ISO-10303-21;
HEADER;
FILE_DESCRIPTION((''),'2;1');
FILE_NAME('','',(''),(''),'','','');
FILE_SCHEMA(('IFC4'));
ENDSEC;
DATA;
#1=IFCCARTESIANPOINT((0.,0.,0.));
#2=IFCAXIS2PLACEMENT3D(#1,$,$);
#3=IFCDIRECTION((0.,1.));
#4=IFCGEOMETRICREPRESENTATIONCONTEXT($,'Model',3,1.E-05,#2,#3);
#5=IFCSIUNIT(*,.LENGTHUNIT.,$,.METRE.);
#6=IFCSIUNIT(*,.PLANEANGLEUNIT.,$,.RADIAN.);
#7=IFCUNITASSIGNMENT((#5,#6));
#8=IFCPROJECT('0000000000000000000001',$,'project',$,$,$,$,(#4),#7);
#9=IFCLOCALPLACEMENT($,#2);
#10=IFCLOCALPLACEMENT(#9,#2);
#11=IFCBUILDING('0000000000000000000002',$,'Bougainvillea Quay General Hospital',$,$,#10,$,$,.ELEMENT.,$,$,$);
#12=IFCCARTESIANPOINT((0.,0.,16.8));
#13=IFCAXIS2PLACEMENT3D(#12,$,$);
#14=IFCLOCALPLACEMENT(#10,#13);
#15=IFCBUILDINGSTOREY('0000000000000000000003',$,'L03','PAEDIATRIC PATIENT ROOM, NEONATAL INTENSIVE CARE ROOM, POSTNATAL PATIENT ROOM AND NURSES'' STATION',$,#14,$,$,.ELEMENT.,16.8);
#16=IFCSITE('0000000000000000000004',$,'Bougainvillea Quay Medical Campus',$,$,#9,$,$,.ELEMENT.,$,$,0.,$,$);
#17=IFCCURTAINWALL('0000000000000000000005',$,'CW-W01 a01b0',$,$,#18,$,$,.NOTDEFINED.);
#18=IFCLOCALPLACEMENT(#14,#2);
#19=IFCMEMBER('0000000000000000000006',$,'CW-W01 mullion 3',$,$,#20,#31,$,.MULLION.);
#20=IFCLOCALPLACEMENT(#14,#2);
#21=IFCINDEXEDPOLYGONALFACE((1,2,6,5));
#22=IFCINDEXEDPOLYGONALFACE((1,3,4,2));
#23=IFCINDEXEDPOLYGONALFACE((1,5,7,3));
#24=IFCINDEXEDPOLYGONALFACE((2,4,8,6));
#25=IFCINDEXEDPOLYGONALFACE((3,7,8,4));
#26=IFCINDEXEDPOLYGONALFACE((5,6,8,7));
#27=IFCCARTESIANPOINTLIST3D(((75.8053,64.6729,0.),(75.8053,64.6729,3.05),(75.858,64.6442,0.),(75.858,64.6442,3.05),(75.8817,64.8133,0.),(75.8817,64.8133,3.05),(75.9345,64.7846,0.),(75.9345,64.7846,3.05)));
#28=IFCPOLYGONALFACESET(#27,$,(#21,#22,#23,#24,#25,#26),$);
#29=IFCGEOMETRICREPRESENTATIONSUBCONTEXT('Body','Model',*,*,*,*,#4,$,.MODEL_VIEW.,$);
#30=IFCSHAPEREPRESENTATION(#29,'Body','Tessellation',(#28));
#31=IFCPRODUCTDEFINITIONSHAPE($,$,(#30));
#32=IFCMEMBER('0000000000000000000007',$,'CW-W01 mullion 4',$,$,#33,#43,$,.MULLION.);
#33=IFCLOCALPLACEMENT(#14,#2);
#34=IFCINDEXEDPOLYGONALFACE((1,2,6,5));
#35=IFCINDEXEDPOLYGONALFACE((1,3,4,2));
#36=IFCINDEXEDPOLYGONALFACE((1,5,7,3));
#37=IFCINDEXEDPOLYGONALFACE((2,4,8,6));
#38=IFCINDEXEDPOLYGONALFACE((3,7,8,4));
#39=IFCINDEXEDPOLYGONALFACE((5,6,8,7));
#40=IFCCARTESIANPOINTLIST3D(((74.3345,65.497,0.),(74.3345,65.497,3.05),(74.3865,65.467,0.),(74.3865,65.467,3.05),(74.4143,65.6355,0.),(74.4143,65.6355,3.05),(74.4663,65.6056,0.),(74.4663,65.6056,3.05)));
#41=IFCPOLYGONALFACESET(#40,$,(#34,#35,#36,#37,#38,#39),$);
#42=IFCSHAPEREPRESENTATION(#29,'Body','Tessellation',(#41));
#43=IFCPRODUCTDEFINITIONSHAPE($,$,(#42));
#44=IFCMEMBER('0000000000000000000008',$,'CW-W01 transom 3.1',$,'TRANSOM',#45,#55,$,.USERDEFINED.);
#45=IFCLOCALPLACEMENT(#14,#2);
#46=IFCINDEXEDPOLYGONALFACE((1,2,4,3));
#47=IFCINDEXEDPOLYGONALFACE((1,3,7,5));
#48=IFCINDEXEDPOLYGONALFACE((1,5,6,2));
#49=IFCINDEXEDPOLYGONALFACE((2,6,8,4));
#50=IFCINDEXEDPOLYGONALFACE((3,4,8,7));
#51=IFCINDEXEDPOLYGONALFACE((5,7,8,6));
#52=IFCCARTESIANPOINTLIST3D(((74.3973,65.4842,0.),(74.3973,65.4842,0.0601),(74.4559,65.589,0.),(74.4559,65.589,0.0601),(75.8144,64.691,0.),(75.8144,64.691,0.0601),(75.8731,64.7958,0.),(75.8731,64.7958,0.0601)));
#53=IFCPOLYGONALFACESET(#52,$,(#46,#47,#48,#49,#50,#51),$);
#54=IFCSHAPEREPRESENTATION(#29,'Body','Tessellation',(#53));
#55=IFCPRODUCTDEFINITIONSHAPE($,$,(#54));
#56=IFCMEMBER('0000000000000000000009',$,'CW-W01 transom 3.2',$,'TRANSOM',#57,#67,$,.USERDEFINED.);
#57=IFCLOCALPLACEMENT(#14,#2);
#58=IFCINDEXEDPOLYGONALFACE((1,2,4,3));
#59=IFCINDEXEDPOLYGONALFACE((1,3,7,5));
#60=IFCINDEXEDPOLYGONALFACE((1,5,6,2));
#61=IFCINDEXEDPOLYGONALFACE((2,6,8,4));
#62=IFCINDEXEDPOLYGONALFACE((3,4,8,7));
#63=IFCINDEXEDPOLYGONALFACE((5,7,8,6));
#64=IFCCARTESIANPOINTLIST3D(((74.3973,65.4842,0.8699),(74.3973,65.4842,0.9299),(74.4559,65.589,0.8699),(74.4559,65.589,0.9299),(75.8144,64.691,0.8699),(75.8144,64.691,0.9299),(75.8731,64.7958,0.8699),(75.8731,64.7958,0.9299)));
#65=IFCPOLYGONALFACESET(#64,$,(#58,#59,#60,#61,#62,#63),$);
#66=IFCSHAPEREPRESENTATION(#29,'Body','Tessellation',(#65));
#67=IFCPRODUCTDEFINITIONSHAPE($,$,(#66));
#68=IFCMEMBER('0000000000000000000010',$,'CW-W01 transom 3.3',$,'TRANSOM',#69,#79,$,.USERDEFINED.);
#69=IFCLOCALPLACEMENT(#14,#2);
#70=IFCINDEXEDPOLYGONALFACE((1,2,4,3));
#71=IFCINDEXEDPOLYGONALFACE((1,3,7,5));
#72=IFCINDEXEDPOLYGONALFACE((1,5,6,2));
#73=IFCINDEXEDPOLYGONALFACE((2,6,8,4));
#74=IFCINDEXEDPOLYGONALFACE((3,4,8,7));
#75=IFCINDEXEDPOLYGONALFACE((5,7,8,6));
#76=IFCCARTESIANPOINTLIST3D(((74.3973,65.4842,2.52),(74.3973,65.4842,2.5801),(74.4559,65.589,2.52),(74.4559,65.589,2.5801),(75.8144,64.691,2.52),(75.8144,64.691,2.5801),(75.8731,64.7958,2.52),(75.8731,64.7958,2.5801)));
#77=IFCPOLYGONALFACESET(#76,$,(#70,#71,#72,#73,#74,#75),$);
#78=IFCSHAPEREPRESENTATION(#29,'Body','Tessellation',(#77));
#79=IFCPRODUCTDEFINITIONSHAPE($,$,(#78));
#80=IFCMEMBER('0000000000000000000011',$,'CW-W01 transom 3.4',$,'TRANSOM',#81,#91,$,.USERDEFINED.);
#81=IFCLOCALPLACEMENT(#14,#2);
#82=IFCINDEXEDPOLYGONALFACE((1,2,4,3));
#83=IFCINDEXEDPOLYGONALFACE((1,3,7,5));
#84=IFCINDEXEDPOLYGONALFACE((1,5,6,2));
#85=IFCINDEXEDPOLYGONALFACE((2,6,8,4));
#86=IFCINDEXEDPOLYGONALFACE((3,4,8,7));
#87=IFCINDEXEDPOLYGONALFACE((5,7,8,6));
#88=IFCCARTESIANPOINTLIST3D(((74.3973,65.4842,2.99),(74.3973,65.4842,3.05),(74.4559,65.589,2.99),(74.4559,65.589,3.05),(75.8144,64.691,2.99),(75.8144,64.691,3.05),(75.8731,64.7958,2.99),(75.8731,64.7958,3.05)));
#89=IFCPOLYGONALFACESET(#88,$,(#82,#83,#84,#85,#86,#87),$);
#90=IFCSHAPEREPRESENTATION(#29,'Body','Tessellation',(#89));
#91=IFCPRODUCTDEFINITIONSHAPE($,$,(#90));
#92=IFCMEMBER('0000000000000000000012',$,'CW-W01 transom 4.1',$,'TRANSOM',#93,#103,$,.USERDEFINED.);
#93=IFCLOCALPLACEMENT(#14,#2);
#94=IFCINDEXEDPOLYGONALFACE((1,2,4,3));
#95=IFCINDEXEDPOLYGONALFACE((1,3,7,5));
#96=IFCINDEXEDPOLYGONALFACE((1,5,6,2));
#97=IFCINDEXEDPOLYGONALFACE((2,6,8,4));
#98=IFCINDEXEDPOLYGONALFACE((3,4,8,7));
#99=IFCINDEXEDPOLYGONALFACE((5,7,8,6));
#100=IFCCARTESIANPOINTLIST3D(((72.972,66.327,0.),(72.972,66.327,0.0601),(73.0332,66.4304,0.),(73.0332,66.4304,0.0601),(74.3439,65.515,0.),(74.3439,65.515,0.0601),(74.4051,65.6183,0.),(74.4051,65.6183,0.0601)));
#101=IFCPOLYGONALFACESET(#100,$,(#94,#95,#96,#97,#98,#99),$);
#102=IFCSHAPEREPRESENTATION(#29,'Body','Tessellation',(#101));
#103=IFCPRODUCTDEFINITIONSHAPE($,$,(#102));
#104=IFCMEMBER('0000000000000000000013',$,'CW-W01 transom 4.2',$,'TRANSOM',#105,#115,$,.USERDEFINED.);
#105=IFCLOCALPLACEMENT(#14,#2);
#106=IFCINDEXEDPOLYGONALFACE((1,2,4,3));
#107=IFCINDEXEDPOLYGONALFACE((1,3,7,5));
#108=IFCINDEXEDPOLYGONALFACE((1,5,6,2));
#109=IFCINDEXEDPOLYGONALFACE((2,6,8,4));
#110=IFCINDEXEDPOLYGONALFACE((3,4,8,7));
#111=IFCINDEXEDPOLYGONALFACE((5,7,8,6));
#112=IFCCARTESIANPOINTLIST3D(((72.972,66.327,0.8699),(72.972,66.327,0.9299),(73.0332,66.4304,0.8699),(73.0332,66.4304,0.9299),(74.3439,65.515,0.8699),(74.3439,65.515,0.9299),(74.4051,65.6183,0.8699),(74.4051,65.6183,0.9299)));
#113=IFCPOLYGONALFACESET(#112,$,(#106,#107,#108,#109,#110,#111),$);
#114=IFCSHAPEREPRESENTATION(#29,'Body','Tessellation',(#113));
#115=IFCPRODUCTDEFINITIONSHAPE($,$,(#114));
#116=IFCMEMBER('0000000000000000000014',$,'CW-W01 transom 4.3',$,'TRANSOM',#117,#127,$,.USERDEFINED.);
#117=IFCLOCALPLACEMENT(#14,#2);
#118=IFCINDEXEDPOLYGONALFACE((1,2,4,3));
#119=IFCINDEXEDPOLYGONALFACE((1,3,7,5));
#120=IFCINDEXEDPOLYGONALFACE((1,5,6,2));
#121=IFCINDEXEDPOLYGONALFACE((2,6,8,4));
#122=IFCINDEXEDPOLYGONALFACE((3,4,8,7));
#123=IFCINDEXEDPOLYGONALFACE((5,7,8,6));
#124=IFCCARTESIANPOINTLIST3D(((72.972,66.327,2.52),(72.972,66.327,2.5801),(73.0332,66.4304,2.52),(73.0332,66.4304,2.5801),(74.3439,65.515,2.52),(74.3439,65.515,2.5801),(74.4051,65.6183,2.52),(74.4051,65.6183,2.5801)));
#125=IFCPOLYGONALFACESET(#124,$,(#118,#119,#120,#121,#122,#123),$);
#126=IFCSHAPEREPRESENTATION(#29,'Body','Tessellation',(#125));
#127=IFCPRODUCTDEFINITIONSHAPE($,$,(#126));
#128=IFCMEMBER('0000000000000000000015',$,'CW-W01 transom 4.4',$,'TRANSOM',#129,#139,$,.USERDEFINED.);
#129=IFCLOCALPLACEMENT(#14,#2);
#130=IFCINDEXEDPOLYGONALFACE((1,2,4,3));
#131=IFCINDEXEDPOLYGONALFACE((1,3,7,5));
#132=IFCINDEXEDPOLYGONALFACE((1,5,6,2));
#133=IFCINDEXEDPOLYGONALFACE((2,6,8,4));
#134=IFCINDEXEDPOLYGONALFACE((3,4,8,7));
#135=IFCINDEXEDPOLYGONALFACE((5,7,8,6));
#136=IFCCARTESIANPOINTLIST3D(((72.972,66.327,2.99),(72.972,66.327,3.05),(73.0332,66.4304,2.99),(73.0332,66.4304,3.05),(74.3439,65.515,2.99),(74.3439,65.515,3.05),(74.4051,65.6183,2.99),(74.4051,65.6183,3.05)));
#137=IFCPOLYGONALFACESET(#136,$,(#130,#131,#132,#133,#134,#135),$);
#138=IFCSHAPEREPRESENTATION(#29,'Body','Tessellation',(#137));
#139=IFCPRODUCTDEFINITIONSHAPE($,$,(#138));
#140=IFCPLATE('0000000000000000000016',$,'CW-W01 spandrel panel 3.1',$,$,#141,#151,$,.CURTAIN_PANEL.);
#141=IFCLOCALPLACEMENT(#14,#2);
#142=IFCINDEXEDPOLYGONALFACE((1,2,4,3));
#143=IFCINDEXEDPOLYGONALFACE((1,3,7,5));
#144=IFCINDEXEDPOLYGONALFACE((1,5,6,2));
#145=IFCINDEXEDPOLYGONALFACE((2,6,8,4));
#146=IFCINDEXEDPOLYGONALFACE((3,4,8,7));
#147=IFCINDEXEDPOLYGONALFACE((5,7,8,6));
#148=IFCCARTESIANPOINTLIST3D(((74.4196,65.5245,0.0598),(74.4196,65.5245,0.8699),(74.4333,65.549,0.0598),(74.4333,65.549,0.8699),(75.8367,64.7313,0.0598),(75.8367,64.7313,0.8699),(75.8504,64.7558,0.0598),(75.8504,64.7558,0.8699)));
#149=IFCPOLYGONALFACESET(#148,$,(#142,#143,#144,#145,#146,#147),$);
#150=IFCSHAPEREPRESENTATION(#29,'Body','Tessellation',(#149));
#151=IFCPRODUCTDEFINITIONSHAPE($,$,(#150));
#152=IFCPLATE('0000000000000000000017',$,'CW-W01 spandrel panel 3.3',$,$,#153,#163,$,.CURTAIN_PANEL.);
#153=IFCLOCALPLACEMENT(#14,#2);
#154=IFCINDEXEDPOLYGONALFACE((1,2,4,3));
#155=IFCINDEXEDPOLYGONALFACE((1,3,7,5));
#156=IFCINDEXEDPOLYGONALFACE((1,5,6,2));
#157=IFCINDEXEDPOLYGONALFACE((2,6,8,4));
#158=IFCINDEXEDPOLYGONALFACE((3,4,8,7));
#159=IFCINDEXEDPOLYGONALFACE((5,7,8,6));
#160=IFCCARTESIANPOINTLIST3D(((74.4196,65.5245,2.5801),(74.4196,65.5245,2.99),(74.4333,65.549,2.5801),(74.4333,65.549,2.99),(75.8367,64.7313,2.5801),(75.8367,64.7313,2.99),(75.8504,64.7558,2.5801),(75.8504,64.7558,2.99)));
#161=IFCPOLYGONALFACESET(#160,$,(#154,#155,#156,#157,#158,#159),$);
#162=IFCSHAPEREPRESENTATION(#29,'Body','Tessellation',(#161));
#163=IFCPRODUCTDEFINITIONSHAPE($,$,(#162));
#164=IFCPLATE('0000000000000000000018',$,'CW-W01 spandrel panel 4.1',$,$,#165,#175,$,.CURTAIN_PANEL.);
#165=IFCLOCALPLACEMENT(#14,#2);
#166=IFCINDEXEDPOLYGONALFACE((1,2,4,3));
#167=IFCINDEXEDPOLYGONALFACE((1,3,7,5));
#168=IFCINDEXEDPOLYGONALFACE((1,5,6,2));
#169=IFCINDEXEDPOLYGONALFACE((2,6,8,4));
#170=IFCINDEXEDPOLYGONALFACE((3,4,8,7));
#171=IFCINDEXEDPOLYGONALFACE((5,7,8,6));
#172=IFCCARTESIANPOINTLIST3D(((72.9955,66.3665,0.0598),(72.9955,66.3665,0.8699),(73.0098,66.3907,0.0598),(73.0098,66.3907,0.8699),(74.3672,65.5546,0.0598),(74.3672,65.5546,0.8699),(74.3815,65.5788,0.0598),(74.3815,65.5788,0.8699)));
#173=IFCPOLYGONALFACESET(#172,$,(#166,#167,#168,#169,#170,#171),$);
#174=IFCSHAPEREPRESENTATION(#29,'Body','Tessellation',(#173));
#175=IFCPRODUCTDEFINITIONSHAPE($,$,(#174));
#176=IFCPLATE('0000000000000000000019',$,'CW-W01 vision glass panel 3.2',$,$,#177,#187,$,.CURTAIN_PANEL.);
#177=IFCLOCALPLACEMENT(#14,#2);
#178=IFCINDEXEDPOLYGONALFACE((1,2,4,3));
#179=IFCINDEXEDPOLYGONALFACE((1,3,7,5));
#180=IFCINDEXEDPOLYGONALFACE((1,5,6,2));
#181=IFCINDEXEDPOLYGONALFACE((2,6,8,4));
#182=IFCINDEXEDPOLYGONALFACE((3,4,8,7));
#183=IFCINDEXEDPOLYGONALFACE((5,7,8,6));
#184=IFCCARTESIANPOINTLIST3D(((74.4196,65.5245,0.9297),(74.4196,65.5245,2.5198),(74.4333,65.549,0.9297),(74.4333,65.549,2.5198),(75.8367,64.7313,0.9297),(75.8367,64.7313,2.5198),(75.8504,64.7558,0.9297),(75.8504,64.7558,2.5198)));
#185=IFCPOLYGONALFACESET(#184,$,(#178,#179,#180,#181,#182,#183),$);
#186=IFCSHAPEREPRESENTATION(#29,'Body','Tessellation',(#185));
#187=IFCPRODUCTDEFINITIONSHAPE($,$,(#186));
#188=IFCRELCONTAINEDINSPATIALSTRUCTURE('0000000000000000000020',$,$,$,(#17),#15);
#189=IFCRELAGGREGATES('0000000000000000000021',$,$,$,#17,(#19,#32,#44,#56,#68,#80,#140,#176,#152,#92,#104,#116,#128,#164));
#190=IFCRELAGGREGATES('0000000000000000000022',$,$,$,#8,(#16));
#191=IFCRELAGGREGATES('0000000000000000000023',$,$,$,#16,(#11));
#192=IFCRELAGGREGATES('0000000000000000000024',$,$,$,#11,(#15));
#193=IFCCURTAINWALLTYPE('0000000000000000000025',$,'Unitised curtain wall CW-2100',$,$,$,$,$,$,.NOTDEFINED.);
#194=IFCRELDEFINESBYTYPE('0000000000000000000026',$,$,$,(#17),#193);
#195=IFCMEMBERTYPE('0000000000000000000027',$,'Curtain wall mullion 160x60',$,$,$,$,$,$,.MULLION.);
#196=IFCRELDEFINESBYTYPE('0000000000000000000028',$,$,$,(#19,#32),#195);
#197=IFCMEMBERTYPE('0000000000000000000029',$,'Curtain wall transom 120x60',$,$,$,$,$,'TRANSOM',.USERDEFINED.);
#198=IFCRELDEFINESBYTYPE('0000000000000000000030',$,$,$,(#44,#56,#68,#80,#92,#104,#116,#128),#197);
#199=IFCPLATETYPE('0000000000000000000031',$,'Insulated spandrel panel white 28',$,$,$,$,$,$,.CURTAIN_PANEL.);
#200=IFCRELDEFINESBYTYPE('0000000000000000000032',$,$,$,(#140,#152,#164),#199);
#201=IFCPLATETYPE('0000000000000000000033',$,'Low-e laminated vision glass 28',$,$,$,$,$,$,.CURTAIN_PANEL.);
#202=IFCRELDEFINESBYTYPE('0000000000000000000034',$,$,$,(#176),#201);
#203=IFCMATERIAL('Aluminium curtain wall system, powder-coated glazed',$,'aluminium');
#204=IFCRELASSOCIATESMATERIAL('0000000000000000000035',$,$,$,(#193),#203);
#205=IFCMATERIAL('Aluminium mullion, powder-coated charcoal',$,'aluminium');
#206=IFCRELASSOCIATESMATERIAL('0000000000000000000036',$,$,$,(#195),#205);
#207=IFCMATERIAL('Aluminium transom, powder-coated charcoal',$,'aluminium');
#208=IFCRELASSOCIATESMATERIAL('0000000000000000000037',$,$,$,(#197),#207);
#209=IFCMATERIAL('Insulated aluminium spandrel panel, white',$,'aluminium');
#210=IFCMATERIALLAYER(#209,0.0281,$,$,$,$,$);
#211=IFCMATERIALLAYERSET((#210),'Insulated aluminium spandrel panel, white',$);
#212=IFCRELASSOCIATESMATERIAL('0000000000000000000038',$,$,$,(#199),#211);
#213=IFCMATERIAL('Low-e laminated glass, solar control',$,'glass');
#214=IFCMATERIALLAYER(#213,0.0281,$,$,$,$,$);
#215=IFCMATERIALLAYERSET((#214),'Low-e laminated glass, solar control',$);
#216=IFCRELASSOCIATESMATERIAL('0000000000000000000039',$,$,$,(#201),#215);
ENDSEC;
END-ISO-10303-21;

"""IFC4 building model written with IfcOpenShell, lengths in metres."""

from ifc_helpers import new_model, si_unit, direction, frame, origin, origin_2d, place, context, subcontext, project, spatial, rectangle, extrude, material, layer, layer_set, material_profile, profile_set, type_object, element, aggregate, save


model = new_model("IFC4")

# Units and contexts
model_context = context("Model", 3, precision=1e-05, world=origin(), true_north=direction((0.0, 1.0)))
body_context = subcontext(model_context, "Body", "Model", "MODEL_VIEW")
ifc_project = project(units=[si_unit("LENGTHUNIT", "METRE"), si_unit("PLANEANGLEUNIT", "RADIAN")], contexts=[model_context])

# Site, building, storey
site_placement = place(None, origin())
site = spatial("IfcSite", under=ifc_project, at=site_placement, Name="Bougainvillea Quay Medical Campus", CompositionType="ELEMENT", RefElevation=0.0)
building_placement = place(site_placement, origin())
building = spatial("IfcBuilding", under=site, at=building_placement, Name="Bougainvillea Quay General Hospital", CompositionType="ELEMENT")
storey_placement = place(building_placement, frame((0.0, 0.0, 16.8)))
storey = spatial("IfcBuildingStorey", under=building, at=storey_placement, Name="L03", Description="PAEDIATRIC PATIENT ROOM, NEONATAL INTENSIVE CARE ROOM, POSTNATAL PATIENT ROOM AND NURSES' STATION", CompositionType="ELEMENT", Elevation=16.8)

# Curtain wall, members, plates
ifc_material_1 = material(Name="Aluminium curtain wall system, powder-coated glazed", Category="aluminium")
curtain_wall_type = type_object("IfcCurtainWallType", Name="Unitised curtain wall CW-2100", PredefinedType="NOTDEFINED", material=ifc_material_1)
curtain_wall_placement = place(storey_placement, origin())
curtain_wall = element("IfcCurtainWall", 1, at=curtain_wall_placement, inside=storey, type_object=curtain_wall_type, Name="CW-W01 a01b0", PredefinedType="NOTDEFINED")
ifc_material_2 = material(Name="Aluminium mullion, powder-coated charcoal", Category="aluminium")
ifc_material_profile_1 = material_profile(ifc_material_2, rectangle(XDim=0.1599, YDim=0.0601, at=origin_2d()))
ifc_profile_set_1 = profile_set([ifc_material_profile_1], Name="Aluminium mullion, powder-coated charcoal")
member_type_1 = type_object("IfcMemberType", Name="Curtain wall mullion 160x60", PredefinedType="MULLION", material=ifc_profile_set_1)
member_1_placement = place(storey_placement, frame((75.8699, 64.7288, 0.0), z_axis=(0.0, 0.0, 1.0), x_axis=(-0.477852, -0.87844, 0.0)))
member_1 = element("IfcMember", 2, at=member_1_placement, type_object=member_type_1, Name="CW-W01 mullion 3", PredefinedType="MULLION", context=body_context, shape_type="SweptSolid", body=[
    extrude(rectangle(XDim=0.1599, YDim=0.0601, at=origin_2d()), origin(), (0.0, 0.0, 1.0), 3.05),
])
member_2_placement = place(storey_placement, frame((74.4004, 65.5513, 0.0), z_axis=(0.0, 0.0, 1.0), x_axis=(-0.498921, -0.866648, 0.0)))
member_2 = element("IfcMember", 3, at=member_2_placement, type_object=member_type_1, Name="CW-W01 mullion 4", PredefinedType="MULLION", context=body_context, shape_type="SweptSolid", body=[
    extrude(rectangle(XDim=0.1599, YDim=0.0601, at=origin_2d()), origin(), (0.0, 0.0, 1.0), 3.05),
])
ifc_material_3 = material(Name="Aluminium transom, powder-coated charcoal", Category="aluminium")
ifc_material_profile_2 = material_profile(ifc_material_3, rectangle(XDim=0.1201, YDim=0.0601, at=origin_2d()))
ifc_profile_set_2 = profile_set([ifc_material_profile_2], Name="Aluminium transom, powder-coated charcoal")
member_type_2 = type_object("IfcMemberType", Name="Curtain wall transom 120x60", ElementType="TRANSOM", PredefinedType="USERDEFINED", material=ifc_profile_set_2)
member_3_placement = place(storey_placement, frame((75.8438, 64.7434, 0.03), z_axis=(-0.872621, 0.488397, 0.0), x_axis=(-0.488397, -0.872621, 0.0)))
member_3 = element("IfcMember", 4, at=member_3_placement, type_object=member_type_2, Name="CW-W01 transom 3.1", ObjectType="TRANSOM", PredefinedType="USERDEFINED", context=body_context, shape_type="SweptSolid", body=[
    extrude(rectangle(XDim=0.1201, YDim=0.0601, at=origin_2d()), origin(), (0.0, 0.0, 1.0), 1.624),
])
member_4_placement = place(storey_placement, frame((75.8438, 64.7434, 0.8999), z_axis=(-0.872621, 0.488397, 0.0), x_axis=(-0.488397, -0.872621, 0.0)))
member_4 = element("IfcMember", 5, at=member_4_placement, type_object=member_type_2, Name="CW-W01 transom 3.2", ObjectType="TRANSOM", PredefinedType="USERDEFINED", context=body_context, shape_type="SweptSolid", body=[
    extrude(rectangle(XDim=0.1201, YDim=0.0601, at=origin_2d()), origin(), (0.0, 0.0, 1.0), 1.624),
])
member_5_placement = place(storey_placement, frame((75.8438, 64.7434, 2.55), z_axis=(-0.872621, 0.488397, 0.0), x_axis=(-0.488397, -0.872621, 0.0)))
member_5 = element("IfcMember", 6, at=member_5_placement, type_object=member_type_2, Name="CW-W01 transom 3.3", ObjectType="TRANSOM", PredefinedType="USERDEFINED", context=body_context, shape_type="SweptSolid", body=[
    extrude(rectangle(XDim=0.1201, YDim=0.0601, at=origin_2d()), origin(), (0.0, 0.0, 1.0), 1.624),
])
member_6_placement = place(storey_placement, frame((75.8438, 64.7434, 3.02), z_axis=(-0.872621, 0.488397, 0.0), x_axis=(-0.488397, -0.872621, 0.0)))
member_6 = element("IfcMember", 7, at=member_6_placement, type_object=member_type_2, Name="CW-W01 transom 3.4", ObjectType="TRANSOM", PredefinedType="USERDEFINED", context=body_context, shape_type="SweptSolid", body=[
    extrude(rectangle(XDim=0.1201, YDim=0.0601, at=origin_2d()), origin(), (0.0, 0.0, 1.0), 1.624),
])
member_7_placement = place(storey_placement, frame((74.3745, 65.5667, 0.03), z_axis=(-0.860545, 0.509374, 0.0), x_axis=(-0.509374, -0.860545, 0.0)))
member_7 = element("IfcMember", 8, at=member_7_placement, type_object=member_type_2, Name="CW-W01 transom 4.1", ObjectType="TRANSOM", PredefinedType="USERDEFINED", context=body_context, shape_type="SweptSolid", body=[
    extrude(rectangle(XDim=0.1201, YDim=0.0601, at=origin_2d()), origin(), (0.0, 0.0, 1.0), 1.5942),
])
member_8_placement = place(storey_placement, frame((74.3745, 65.5667, 0.8999), z_axis=(-0.860545, 0.509374, 0.0), x_axis=(-0.509374, -0.860545, 0.0)))
member_8 = element("IfcMember", 9, at=member_8_placement, type_object=member_type_2, Name="CW-W01 transom 4.2", ObjectType="TRANSOM", PredefinedType="USERDEFINED", context=body_context, shape_type="SweptSolid", body=[
    extrude(rectangle(XDim=0.1201, YDim=0.0601, at=origin_2d()), origin(), (0.0, 0.0, 1.0), 1.5942),
])
member_9_placement = place(storey_placement, frame((74.3745, 65.5667, 2.55), z_axis=(-0.860545, 0.509374, 0.0), x_axis=(-0.509374, -0.860545, 0.0)))
member_9 = element("IfcMember", 10, at=member_9_placement, type_object=member_type_2, Name="CW-W01 transom 4.3", ObjectType="TRANSOM", PredefinedType="USERDEFINED", context=body_context, shape_type="SweptSolid", body=[
    extrude(rectangle(XDim=0.1201, YDim=0.0601, at=origin_2d()), origin(), (0.0, 0.0, 1.0), 1.5942),
])
member_10_placement = place(storey_placement, frame((74.3745, 65.5667, 3.02), z_axis=(-0.860545, 0.509374, 0.0), x_axis=(-0.509374, -0.860545, 0.0)))
member_10 = element("IfcMember", 11, at=member_10_placement, type_object=member_type_2, Name="CW-W01 transom 4.4", ObjectType="TRANSOM", PredefinedType="USERDEFINED", context=body_context, shape_type="SweptSolid", body=[
    extrude(rectangle(XDim=0.1201, YDim=0.0601, at=origin_2d()), origin(), (0.0, 0.0, 1.0), 1.5942),
])
ifc_material_4 = material(Name="Insulated aluminium spandrel panel, white", Category="aluminium")
ifc_layer_1 = layer(ifc_material_4, 0.0281)
ifc_layer_set_1 = layer_set([ifc_layer_1], Name="Insulated aluminium spandrel panel, white")
plate_type_1 = type_object("IfcPlateType", Name="Insulated spandrel panel white 28", PredefinedType="CURTAIN_PANEL", material=ifc_layer_set_1)
plate_1_placement = place(storey_placement, frame((75.135, 65.1401, 0.0598), z_axis=(0.0, 0.0, 1.0), x_axis=(-0.872608, 0.488422, 0.0)))
plate_1 = element("IfcPlate", 12, at=plate_1_placement, type_object=plate_type_1, Name="CW-W01 spandrel panel 3.1", PredefinedType="CURTAIN_PANEL", context=body_context, shape_type="SweptSolid", body=[
    extrude(rectangle(XDim=1.624, YDim=0.0281, at=origin_2d()), origin(), (0.0, 0.0, 1.0), 0.8101),
])
plate_2_placement = place(storey_placement, frame((75.135, 65.1401, 2.5801), z_axis=(0.0, 0.0, 1.0), x_axis=(-0.872608, 0.488422, 0.0)))
plate_2 = element("IfcPlate", 13, at=plate_2_placement, type_object=plate_type_1, Name="CW-W01 spandrel panel 3.3", PredefinedType="CURTAIN_PANEL", context=body_context, shape_type="SweptSolid", body=[
    extrude(rectangle(XDim=1.624, YDim=0.0281, at=origin_2d()), origin(), (0.0, 0.0, 1.0), 0.4099),
])
plate_3_placement = place(storey_placement, frame((73.6885, 65.9727, 0.0598), z_axis=(0.0, 0.0, 1.0), x_axis=(-0.860562, 0.509346, 0.0)))
plate_3 = element("IfcPlate", 14, at=plate_3_placement, type_object=plate_type_1, Name="CW-W01 spandrel panel 4.1", PredefinedType="CURTAIN_PANEL", context=body_context, shape_type="SweptSolid", body=[
    extrude(rectangle(XDim=1.594, YDim=0.0281, at=origin_2d()), origin(), (0.0, 0.0, 1.0), 0.8101),
])
ifc_material_5 = material(Name="Low-e laminated glass, solar control", Category="glass")
ifc_layer_2 = layer(ifc_material_5, 0.0281)
ifc_layer_set_2 = layer_set([ifc_layer_2], Name="Low-e laminated glass, solar control")
plate_type_2 = type_object("IfcPlateType", Name="Low-e laminated vision glass 28", PredefinedType="CURTAIN_PANEL", material=ifc_layer_set_2)
plate_4_placement = place(storey_placement, frame((75.135, 65.1401, 0.9297), z_axis=(0.0, 0.0, 1.0), x_axis=(-0.872608, 0.488422, 0.0)))
plate_4 = element("IfcPlate", 15, at=plate_4_placement, type_object=plate_type_2, Name="CW-W01 vision glass panel 3.2", PredefinedType="CURTAIN_PANEL", context=body_context, shape_type="SweptSolid", body=[
    extrude(rectangle(XDim=1.624, YDim=0.0281, at=origin_2d()), origin(), (0.0, 0.0, 1.0), 1.5901),
])
aggregate(curtain_wall, [member_1, member_2, member_3, member_4, member_5, member_6, plate_1, plate_4, plate_2, member_7, member_8, member_9, member_10, plate_3])

save(model, "model.ifc")
